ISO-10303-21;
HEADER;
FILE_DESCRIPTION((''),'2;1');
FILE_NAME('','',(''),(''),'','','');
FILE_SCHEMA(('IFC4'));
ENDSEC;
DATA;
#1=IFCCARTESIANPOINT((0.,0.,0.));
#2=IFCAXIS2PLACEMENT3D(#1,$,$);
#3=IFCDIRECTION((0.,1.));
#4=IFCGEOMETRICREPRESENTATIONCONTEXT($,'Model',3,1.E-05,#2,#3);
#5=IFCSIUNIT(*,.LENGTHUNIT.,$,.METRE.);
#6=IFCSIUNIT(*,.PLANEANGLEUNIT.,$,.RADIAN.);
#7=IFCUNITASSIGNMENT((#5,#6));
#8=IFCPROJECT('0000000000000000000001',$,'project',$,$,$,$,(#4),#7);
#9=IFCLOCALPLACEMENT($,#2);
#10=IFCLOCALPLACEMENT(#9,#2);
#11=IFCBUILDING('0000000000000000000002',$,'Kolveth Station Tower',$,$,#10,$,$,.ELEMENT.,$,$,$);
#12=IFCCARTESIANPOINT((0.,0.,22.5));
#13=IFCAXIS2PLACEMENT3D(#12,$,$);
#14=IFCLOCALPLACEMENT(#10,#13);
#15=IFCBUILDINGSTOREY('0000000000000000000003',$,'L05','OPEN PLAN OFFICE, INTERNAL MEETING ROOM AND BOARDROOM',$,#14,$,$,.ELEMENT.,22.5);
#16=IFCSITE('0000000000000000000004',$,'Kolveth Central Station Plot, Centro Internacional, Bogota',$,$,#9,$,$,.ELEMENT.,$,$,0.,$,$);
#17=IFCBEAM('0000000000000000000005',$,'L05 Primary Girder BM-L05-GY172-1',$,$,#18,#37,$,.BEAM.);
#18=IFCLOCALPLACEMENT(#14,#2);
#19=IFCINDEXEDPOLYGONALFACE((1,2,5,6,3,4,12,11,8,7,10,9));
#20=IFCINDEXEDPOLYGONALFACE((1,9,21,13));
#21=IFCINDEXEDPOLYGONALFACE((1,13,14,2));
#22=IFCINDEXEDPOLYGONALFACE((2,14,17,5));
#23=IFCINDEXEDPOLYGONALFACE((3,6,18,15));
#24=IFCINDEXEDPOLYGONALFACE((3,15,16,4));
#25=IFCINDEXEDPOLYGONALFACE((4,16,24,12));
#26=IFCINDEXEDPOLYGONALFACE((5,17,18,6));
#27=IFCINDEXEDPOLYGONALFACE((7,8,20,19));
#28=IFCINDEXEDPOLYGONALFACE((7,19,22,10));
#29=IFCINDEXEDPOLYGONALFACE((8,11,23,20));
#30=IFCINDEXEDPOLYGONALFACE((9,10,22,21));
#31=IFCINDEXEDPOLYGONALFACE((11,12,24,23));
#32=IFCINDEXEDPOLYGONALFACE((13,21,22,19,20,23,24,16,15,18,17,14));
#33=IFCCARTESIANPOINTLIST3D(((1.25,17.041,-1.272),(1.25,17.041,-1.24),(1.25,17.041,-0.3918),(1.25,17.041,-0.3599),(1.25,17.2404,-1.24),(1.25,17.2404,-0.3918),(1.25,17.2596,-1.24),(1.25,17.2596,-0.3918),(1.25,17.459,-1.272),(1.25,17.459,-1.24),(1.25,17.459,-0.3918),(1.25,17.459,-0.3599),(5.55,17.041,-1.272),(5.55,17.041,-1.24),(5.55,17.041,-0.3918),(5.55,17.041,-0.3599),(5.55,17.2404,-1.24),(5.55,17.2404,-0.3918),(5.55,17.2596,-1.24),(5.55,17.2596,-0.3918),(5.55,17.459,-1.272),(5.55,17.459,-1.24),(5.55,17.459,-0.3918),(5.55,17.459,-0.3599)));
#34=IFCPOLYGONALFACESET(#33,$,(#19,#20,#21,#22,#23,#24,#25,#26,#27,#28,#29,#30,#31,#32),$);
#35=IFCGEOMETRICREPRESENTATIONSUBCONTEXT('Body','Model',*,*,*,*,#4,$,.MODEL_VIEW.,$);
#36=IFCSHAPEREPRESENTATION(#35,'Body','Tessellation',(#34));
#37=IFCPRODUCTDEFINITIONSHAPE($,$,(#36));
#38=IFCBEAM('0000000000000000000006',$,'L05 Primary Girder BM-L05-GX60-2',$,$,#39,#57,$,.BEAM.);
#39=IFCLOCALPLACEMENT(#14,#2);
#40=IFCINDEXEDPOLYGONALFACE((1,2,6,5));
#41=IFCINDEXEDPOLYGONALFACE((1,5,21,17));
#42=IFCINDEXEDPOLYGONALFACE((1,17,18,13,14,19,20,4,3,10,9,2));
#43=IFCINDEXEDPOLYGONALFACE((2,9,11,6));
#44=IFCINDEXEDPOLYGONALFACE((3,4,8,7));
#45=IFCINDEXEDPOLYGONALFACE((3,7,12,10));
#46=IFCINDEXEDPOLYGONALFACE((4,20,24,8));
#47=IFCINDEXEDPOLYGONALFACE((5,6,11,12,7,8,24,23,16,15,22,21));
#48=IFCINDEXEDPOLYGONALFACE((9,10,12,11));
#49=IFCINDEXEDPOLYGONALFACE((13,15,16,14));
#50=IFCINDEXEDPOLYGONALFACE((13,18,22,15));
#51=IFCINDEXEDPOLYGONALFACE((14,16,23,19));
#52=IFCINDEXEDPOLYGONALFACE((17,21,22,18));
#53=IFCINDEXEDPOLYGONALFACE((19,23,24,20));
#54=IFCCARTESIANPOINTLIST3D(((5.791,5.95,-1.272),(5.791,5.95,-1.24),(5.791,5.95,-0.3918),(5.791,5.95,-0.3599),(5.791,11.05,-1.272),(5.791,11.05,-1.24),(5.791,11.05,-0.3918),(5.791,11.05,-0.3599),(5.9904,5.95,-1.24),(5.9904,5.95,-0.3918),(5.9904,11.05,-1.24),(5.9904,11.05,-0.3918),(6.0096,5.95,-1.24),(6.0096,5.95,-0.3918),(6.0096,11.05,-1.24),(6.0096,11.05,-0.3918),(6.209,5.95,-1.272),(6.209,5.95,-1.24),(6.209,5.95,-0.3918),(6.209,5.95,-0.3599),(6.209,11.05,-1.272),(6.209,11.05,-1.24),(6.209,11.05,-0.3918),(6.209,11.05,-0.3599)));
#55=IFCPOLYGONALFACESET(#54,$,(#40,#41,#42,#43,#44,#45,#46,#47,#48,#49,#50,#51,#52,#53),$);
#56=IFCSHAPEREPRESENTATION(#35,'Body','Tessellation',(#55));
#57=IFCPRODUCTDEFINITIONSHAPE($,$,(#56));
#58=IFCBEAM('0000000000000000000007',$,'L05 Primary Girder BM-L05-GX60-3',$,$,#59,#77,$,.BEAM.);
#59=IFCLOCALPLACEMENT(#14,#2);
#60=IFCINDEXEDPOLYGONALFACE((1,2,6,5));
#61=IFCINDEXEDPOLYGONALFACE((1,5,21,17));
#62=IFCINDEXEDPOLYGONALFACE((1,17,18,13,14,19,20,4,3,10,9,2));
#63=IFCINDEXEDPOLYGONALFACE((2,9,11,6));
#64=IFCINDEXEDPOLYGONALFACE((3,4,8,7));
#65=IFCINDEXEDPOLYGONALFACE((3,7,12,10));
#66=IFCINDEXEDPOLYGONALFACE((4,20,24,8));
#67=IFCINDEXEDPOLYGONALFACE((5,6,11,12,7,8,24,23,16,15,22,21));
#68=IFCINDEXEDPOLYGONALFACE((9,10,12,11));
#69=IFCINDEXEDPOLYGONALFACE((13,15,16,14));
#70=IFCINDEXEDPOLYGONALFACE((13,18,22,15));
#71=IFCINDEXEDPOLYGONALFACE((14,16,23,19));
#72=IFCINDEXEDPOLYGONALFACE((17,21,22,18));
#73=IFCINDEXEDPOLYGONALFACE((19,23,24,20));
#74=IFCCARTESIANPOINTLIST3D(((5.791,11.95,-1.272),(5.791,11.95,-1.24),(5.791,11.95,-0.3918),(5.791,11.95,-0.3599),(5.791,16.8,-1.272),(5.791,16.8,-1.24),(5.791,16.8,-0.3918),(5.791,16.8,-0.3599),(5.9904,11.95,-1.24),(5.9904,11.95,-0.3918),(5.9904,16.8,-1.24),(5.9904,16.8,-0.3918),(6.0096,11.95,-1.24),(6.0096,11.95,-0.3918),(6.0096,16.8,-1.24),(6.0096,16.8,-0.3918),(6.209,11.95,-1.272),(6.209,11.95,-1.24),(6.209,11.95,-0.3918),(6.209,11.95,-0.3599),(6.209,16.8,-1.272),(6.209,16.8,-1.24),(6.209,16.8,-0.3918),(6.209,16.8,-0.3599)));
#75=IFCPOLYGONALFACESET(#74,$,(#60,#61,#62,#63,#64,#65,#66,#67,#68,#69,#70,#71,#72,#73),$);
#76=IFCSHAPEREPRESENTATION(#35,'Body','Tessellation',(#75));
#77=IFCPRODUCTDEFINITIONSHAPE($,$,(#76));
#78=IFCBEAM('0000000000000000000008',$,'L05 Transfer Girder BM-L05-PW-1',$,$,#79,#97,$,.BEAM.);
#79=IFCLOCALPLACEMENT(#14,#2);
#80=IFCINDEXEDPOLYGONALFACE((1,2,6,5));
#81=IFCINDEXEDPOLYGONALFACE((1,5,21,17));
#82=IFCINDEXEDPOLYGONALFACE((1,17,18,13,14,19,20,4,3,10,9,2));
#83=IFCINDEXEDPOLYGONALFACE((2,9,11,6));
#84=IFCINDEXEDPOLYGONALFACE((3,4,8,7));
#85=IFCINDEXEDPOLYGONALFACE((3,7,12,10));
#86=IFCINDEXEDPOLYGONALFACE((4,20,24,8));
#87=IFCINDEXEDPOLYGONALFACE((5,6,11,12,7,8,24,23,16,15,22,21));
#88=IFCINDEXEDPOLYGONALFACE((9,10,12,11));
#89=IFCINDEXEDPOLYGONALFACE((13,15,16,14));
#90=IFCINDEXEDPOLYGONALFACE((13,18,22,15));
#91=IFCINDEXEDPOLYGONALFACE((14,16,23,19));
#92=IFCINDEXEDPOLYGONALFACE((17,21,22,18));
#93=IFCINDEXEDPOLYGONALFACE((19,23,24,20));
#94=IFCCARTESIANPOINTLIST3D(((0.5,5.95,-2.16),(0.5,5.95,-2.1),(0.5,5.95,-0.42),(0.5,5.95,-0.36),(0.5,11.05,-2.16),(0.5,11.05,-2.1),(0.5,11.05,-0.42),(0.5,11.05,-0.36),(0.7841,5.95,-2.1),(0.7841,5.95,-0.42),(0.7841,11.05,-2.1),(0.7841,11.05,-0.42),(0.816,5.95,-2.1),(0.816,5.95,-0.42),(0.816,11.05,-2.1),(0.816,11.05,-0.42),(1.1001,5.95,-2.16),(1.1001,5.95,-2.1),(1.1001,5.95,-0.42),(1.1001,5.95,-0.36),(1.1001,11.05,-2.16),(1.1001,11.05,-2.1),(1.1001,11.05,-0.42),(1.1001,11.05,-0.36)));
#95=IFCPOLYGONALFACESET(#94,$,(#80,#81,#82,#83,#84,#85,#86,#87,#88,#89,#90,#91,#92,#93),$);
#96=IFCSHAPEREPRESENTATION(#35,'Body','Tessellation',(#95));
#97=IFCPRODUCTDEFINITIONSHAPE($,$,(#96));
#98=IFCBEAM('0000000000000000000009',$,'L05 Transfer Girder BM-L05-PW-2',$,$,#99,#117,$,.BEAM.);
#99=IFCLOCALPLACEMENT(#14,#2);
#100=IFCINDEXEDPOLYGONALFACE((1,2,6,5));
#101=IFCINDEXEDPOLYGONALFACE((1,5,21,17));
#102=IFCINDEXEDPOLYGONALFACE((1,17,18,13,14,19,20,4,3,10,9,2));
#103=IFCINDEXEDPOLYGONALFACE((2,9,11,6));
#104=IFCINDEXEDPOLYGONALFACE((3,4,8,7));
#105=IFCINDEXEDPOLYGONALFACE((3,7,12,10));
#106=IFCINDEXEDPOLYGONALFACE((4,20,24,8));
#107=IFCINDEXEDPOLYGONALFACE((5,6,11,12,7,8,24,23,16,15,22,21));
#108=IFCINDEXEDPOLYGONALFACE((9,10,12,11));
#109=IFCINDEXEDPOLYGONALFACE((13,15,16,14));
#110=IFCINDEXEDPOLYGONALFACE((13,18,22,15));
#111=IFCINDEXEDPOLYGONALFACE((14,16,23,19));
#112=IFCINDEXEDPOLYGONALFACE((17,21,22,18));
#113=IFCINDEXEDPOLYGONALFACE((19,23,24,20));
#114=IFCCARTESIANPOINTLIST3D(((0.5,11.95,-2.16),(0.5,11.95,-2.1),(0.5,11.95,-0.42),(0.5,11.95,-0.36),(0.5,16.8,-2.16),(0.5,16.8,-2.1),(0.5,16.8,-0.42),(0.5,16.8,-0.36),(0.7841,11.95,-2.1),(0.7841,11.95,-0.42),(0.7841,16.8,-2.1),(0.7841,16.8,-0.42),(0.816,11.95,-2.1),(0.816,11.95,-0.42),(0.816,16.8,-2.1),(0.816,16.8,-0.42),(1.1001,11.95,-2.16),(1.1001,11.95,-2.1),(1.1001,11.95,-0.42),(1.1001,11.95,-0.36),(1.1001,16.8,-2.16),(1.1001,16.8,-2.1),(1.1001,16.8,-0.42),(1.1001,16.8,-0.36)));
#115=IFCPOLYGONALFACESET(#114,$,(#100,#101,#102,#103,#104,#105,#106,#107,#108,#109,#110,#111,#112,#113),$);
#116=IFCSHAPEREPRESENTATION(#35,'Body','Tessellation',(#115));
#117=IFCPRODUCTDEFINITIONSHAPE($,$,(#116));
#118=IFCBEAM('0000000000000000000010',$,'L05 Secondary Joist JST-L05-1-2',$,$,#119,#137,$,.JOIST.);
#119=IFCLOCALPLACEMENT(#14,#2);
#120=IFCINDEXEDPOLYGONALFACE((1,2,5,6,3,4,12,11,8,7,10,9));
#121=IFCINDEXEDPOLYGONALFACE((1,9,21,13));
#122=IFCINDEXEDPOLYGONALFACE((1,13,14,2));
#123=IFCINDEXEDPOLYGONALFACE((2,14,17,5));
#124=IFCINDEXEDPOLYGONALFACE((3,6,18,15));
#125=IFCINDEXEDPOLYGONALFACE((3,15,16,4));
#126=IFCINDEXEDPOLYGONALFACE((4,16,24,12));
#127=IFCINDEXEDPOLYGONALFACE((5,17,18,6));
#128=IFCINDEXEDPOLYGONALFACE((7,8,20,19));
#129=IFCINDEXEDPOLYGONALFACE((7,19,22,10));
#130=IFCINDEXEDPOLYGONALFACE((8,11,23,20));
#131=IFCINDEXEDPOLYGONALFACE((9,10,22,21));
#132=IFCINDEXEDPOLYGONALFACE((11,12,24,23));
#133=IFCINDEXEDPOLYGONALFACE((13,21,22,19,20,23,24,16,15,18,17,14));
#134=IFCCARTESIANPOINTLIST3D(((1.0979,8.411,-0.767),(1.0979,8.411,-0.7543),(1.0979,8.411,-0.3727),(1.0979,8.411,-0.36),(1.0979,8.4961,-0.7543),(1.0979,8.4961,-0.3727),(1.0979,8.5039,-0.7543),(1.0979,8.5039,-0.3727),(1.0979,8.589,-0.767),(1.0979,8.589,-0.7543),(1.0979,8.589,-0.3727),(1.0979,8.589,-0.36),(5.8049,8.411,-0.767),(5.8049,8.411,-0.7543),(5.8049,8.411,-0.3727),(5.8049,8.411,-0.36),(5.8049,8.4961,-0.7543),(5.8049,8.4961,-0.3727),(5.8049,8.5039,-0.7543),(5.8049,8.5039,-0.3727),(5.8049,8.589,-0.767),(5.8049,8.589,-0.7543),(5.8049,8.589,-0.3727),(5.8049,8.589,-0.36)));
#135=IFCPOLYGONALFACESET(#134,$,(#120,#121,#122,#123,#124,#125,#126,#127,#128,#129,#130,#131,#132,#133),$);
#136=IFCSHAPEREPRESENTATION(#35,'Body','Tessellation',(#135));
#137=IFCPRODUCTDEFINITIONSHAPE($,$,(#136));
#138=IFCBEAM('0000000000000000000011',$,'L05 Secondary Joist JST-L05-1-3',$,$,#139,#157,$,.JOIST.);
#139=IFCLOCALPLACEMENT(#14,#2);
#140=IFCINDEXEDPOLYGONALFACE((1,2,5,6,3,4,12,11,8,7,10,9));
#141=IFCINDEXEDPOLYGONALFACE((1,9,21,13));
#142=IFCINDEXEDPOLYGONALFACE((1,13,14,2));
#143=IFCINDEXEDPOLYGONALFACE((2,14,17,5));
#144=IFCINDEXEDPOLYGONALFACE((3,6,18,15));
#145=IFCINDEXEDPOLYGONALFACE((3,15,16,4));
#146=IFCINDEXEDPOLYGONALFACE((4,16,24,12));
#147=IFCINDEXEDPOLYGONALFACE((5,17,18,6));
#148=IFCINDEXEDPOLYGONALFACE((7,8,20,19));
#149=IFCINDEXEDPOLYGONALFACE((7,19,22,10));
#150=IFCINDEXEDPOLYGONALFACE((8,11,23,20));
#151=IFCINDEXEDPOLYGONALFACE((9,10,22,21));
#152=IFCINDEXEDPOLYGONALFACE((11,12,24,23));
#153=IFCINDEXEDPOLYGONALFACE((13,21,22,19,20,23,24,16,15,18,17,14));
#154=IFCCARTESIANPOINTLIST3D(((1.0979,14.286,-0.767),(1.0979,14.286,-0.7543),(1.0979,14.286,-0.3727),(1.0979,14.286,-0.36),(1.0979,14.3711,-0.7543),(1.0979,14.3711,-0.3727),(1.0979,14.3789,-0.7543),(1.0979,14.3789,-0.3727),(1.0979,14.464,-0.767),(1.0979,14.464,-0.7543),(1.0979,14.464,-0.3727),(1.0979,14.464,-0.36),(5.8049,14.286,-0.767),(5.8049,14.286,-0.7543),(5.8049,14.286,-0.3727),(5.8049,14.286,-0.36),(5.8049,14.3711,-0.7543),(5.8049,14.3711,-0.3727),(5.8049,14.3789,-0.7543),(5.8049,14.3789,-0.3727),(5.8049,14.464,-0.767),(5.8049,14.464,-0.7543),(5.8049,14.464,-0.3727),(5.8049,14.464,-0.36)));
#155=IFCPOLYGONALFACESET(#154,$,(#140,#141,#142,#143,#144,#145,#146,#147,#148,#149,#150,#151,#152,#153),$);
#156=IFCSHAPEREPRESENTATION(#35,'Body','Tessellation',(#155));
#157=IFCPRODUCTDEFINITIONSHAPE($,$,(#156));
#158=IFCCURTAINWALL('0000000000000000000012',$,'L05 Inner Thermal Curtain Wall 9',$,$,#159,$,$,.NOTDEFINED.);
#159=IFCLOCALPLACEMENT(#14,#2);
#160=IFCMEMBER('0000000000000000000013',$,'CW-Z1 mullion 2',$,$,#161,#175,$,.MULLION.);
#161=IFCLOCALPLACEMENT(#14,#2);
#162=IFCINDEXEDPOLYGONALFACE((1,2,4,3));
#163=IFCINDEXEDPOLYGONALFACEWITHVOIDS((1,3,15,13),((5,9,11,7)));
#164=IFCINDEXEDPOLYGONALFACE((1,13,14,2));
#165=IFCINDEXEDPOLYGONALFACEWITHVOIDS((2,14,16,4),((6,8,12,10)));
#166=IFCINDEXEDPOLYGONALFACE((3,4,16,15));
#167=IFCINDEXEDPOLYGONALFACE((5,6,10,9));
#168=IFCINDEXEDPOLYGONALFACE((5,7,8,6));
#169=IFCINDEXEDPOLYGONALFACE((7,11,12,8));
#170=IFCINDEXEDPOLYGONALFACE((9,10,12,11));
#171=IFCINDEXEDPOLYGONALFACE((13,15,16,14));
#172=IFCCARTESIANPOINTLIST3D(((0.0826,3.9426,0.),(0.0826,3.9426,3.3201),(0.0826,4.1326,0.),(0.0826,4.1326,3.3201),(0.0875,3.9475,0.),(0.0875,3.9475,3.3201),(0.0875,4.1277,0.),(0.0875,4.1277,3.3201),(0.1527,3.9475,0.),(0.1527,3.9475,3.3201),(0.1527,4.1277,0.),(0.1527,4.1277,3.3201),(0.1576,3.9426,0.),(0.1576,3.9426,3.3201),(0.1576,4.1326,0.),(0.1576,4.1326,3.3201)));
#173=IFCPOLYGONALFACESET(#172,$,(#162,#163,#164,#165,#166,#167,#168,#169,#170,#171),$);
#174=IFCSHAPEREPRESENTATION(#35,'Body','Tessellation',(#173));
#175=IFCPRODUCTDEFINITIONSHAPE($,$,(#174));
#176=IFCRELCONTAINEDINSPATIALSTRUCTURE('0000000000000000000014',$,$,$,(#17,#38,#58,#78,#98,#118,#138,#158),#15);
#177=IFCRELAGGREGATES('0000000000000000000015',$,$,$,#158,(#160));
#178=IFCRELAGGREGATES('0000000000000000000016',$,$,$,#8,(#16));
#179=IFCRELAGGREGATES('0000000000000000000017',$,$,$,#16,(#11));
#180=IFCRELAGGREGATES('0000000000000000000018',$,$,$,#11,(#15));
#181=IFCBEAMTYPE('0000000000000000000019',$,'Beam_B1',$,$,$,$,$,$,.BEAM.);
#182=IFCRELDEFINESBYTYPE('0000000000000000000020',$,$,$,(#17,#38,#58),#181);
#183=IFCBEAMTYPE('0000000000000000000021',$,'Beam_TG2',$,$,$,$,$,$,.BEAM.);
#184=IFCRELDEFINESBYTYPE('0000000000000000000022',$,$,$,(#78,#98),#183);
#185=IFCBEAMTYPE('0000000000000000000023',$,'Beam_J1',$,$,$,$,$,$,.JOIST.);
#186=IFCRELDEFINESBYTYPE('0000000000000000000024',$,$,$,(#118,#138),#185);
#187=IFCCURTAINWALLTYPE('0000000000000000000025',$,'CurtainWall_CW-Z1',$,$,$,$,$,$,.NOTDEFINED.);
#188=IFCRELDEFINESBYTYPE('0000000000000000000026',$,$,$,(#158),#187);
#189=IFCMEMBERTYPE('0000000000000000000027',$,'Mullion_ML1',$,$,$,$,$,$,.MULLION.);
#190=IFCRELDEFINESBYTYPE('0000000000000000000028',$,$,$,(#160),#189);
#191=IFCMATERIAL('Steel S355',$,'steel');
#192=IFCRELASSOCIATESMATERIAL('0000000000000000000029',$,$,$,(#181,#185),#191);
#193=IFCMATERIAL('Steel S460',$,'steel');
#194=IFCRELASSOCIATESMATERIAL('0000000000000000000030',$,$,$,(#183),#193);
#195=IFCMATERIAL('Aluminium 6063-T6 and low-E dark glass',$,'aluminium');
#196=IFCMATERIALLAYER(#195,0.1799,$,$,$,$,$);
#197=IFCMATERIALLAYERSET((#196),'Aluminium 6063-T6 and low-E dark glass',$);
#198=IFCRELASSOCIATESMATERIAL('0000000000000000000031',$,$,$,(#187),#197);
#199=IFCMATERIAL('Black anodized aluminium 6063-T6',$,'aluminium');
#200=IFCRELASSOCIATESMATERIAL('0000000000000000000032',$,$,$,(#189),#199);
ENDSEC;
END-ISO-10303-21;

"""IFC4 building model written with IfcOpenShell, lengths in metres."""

from ifc_helpers import new_model, si_unit, direction, frame, origin, origin_2d, place, context, subcontext, project, spatial, hollow_rectangle, i_section, extrude, source, transform, mapped, material, layer, layer_set, material_profile, profile_set, type_object, element, aggregate, save


model = new_model("IFC4")

# Units and contexts
model_context = context("Model", 3, precision=1e-05, world=origin(), true_north=direction((0.0, 1.0)))
body_context = subcontext(model_context, "Body", "Model", "MODEL_VIEW")
ifc_project = project(units=[si_unit("LENGTHUNIT", "METRE"), si_unit("PLANEANGLEUNIT", "RADIAN")], contexts=[model_context])

# Site, building, storey
site_placement = place(None, origin())
site = spatial("IfcSite", under=ifc_project, at=site_placement, Name="Kolveth Central Station Plot, Centro Internacional, Bogota", CompositionType="ELEMENT", RefElevation=0.0)
building_placement = place(site_placement, origin())
building = spatial("IfcBuilding", under=site, at=building_placement, Name="Kolveth Station Tower", CompositionType="ELEMENT")
storey_placement = place(building_placement, frame((0.0, 0.0, 22.5)))
storey = spatial("IfcBuildingStorey", under=building, at=storey_placement, Name="L05", Description="OPEN PLAN OFFICE, INTERNAL MEETING ROOM AND BOARDROOM", CompositionType="ELEMENT", Elevation=22.5)

# Shared definitions
ifc_material_1 = material(Name="Steel S460", Category="steel")
ifc_material_2 = material(Name="Steel S355", Category="steel")

# Beams
ifc_material_profile_1 = material_profile(ifc_material_2, i_section(OverallWidth=0.418, OverallDepth=0.9121, WebThickness=0.0193, FlangeThickness=0.032, at=origin_2d()), Name="W920x342")
ifc_profile_set_1 = profile_set([ifc_material_profile_1], Name="Steel S355")
beam_type_1 = type_object("IfcBeamType", Name="Beam_B1", PredefinedType="BEAM", material=ifc_profile_set_1)
shared_shape_1 = source(origin(), body_context, "Body", "SweptSolid", [
    extrude(i_section(OverallWidth=0.418, OverallDepth=0.9121, WebThickness=0.0193, FlangeThickness=0.032, at=origin_2d()), origin(), (0.0, 0.0, 1.0), 4.3),
])
for number, where, z_axis, x_axis, name in (
    (1, (1.25, 17.25, -0.8159), (1.0, 0.0, 0.0), (0.0, 1.0, 0.0), "L05 Primary Girder BM-L05-GY172-1"),
):
    element("IfcBeam", number, at=place(storey_placement, frame(where, z_axis=z_axis, x_axis=x_axis)), inside=storey, type_object=beam_type_1, Name=name, PredefinedType="BEAM", context=body_context, shape_type="MappedRepresentation", body=[
        mapped(shared_shape_1, transform((0.0, 0.0, 0.0), x_axis=(1.0, 0.0, 0.0), y_axis=(0.0, 1.0, 0.0), z_axis=(0.0, 0.0, 1.0), scale=1.0)),
    ])
shared_shape_2 = source(origin(), body_context, "Body", "SweptSolid", [
    extrude(i_section(OverallWidth=0.418, OverallDepth=0.9121, WebThickness=0.0193, FlangeThickness=0.032, at=origin_2d()), origin(), (0.0, 0.0, 1.0), 5.1001),
])
beam_1_placement = place(storey_placement, frame((6.0, 5.95, -0.8159), z_axis=(0.0, 1.0, 0.0), x_axis=(-1.0, 0.0, 0.0)))
element("IfcBeam", 2, at=beam_1_placement, inside=storey, type_object=beam_type_1, Name="L05 Primary Girder BM-L05-GX60-2", PredefinedType="BEAM", context=body_context, shape_type="MappedRepresentation", body=[
    mapped(shared_shape_2, transform((0.0, 0.0, 0.0), x_axis=(1.0, 0.0, 0.0), y_axis=(0.0, 1.0, 0.0), z_axis=(0.0, 0.0, 1.0), scale=1.0)),
])
shared_shape_3 = source(origin(), body_context, "Body", "SweptSolid", [
    extrude(i_section(OverallWidth=0.418, OverallDepth=0.9121, WebThickness=0.0193, FlangeThickness=0.032, at=origin_2d()), origin(), (0.0, 0.0, 1.0), 4.8501),
])
beam_2_placement = place(storey_placement, frame((6.0, 11.95, -0.8159), z_axis=(0.0, 1.0, 0.0), x_axis=(-1.0, 0.0, 0.0)))
element("IfcBeam", 3, at=beam_2_placement, inside=storey, type_object=beam_type_1, Name="L05 Primary Girder BM-L05-GX60-3", PredefinedType="BEAM", context=body_context, shape_type="MappedRepresentation", body=[
    mapped(shared_shape_3, transform((0.0, 0.0, 0.0), x_axis=(1.0, 0.0, 0.0), y_axis=(0.0, 1.0, 0.0), z_axis=(0.0, 0.0, 1.0), scale=1.0)),
])
ifc_material_profile_2 = material_profile(ifc_material_1, i_section(OverallWidth=0.6001, OverallDepth=1.8, WebThickness=0.032, FlangeThickness=0.0601, at=origin_2d()), Name="PG1800x600x60")
ifc_profile_set_2 = profile_set([ifc_material_profile_2], Name="Steel S460")
beam_type_2 = type_object("IfcBeamType", Name="Beam_TG2", PredefinedType="BEAM", material=ifc_profile_set_2)
shared_shape_4 = source(origin(), body_context, "Body", "SweptSolid", [
    extrude(i_section(OverallWidth=0.6001, OverallDepth=1.8, WebThickness=0.032, FlangeThickness=0.0601, at=origin_2d()), origin(), (0.0, 0.0, 1.0), 5.1001),
])
beam_3_placement = place(storey_placement, frame((0.8, 5.95, -1.26), z_axis=(0.0, 1.0, 0.0), x_axis=(-1.0, 0.0, 0.0)))
element("IfcBeam", 4, at=beam_3_placement, inside=storey, type_object=beam_type_2, Name="L05 Transfer Girder BM-L05-PW-1", PredefinedType="BEAM", context=body_context, shape_type="MappedRepresentation", body=[
    mapped(shared_shape_4, transform((0.0, 0.0, 0.0), x_axis=(1.0, 0.0, 0.0), y_axis=(0.0, 1.0, 0.0), z_axis=(0.0, 0.0, 1.0), scale=1.0)),
])
shared_shape_5 = source(origin(), body_context, "Body", "SweptSolid", [
    extrude(i_section(OverallWidth=0.6001, OverallDepth=1.8, WebThickness=0.032, FlangeThickness=0.0601, at=origin_2d()), origin(), (0.0, 0.0, 1.0), 4.8501),
])
beam_4_placement = place(storey_placement, frame((0.8, 11.95, -1.26), z_axis=(0.0, 1.0, 0.0), x_axis=(-1.0, 0.0, 0.0)))
element("IfcBeam", 5, at=beam_4_placement, inside=storey, type_object=beam_type_2, Name="L05 Transfer Girder BM-L05-PW-2", PredefinedType="BEAM", context=body_context, shape_type="MappedRepresentation", body=[
    mapped(shared_shape_5, transform((0.0, 0.0, 0.0), x_axis=(1.0, 0.0, 0.0), y_axis=(0.0, 1.0, 0.0), z_axis=(0.0, 0.0, 1.0), scale=1.0)),
])
ifc_material_profile_3 = material_profile(ifc_material_2, i_section(OverallWidth=0.178, OverallDepth=0.407, WebThickness=0.0078, FlangeThickness=0.0127, at=origin_2d()), Name="W410x60")
ifc_profile_set_3 = profile_set([ifc_material_profile_3], Name="Steel S355")
beam_type_3 = type_object("IfcBeamType", Name="Beam_J1", PredefinedType="JOIST", material=ifc_profile_set_3)
shared_shape_6 = source(origin(), body_context, "Body", "SweptSolid", [
    extrude(i_section(OverallWidth=0.178, OverallDepth=0.407, WebThickness=0.0078, FlangeThickness=0.0127, at=origin_2d()), origin(), (0.0, 0.0, 1.0), 4.707),
])
for number, where, z_axis, x_axis, name in (
    (6, (1.0979, 8.5, -0.5635), (1.0, 0.0, 0.0), (0.0, 1.0, 0.0), "L05 Secondary Joist JST-L05-1-2"),
    (7, (1.0979, 14.375, -0.5635), (1.0, 0.0, 0.0), (0.0, 1.0, 0.0), "L05 Secondary Joist JST-L05-1-3"),
):
    element("IfcBeam", number, at=place(storey_placement, frame(where, z_axis=z_axis, x_axis=x_axis)), inside=storey, type_object=beam_type_3, Name=name, PredefinedType="JOIST", context=body_context, shape_type="MappedRepresentation", body=[
        mapped(shared_shape_6, transform((0.0, 0.0, 0.0), x_axis=(1.0, 0.0, 0.0), y_axis=(0.0, 1.0, 0.0), z_axis=(0.0, 0.0, 1.0), scale=1.0)),
    ])

# Curtain wall, member
ifc_material_3 = material(Name="Aluminium 6063-T6 and low-E dark glass", Category="aluminium")
ifc_layer_1 = layer(ifc_material_3, 0.1799)
ifc_layer_set_1 = layer_set([ifc_layer_1], Name="Aluminium 6063-T6 and low-E dark glass")
curtain_wall_type_1 = type_object("IfcCurtainWallType", Name="CurtainWall_CW-Z1", PredefinedType="NOTDEFINED", material=ifc_layer_set_1)
curtain_wall_1_placement = place(storey_placement, origin())
curtain_wall_1 = element("IfcCurtainWall", 8, at=curtain_wall_1_placement, inside=storey, type_object=curtain_wall_type_1, Name="L05 Inner Thermal Curtain Wall 9", PredefinedType="NOTDEFINED")
ifc_material_4 = material(Name="Black anodized aluminium 6063-T6", Category="aluminium")
ifc_material_profile_4 = material_profile(ifc_material_4, hollow_rectangle(XDim=0.075, YDim=0.1899, WallThickness=0.0049, at=origin_2d()), Name="ALU-75x190x5")
ifc_profile_set_4 = profile_set([ifc_material_profile_4], Name="Black anodized aluminium 6063-T6")
member_type_1 = type_object("IfcMemberType", Name="Mullion_ML1", PredefinedType="MULLION", material=ifc_profile_set_4)
shared_shape_7 = source(origin(), body_context, "Body", "SweptSolid", [
    extrude(hollow_rectangle(XDim=0.075, YDim=0.1899, WallThickness=0.0049, at=origin_2d()), origin(), (0.0, 0.0, 1.0), 3.3201),
])
member_1_placement = place(storey_placement, frame((0.1201, 4.0376, 0.0), z_axis=(0.0, 0.0, 1.0), x_axis=(1.0, 0.0, 0.0)))
member_1 = element("IfcMember", 9, at=member_1_placement, type_object=member_type_1, Name="CW-Z1 mullion 2", PredefinedType="MULLION", context=body_context, shape_type="MappedRepresentation", body=[
    mapped(shared_shape_7, transform((0.0, 0.0, 0.0), x_axis=(1.0, 0.0, 0.0), y_axis=(0.0, 1.0, 0.0), z_axis=(0.0, 0.0, 1.0), scale=1.0)),
])
aggregate(curtain_wall_1, [member_1])

save(model, "model.ifc")
